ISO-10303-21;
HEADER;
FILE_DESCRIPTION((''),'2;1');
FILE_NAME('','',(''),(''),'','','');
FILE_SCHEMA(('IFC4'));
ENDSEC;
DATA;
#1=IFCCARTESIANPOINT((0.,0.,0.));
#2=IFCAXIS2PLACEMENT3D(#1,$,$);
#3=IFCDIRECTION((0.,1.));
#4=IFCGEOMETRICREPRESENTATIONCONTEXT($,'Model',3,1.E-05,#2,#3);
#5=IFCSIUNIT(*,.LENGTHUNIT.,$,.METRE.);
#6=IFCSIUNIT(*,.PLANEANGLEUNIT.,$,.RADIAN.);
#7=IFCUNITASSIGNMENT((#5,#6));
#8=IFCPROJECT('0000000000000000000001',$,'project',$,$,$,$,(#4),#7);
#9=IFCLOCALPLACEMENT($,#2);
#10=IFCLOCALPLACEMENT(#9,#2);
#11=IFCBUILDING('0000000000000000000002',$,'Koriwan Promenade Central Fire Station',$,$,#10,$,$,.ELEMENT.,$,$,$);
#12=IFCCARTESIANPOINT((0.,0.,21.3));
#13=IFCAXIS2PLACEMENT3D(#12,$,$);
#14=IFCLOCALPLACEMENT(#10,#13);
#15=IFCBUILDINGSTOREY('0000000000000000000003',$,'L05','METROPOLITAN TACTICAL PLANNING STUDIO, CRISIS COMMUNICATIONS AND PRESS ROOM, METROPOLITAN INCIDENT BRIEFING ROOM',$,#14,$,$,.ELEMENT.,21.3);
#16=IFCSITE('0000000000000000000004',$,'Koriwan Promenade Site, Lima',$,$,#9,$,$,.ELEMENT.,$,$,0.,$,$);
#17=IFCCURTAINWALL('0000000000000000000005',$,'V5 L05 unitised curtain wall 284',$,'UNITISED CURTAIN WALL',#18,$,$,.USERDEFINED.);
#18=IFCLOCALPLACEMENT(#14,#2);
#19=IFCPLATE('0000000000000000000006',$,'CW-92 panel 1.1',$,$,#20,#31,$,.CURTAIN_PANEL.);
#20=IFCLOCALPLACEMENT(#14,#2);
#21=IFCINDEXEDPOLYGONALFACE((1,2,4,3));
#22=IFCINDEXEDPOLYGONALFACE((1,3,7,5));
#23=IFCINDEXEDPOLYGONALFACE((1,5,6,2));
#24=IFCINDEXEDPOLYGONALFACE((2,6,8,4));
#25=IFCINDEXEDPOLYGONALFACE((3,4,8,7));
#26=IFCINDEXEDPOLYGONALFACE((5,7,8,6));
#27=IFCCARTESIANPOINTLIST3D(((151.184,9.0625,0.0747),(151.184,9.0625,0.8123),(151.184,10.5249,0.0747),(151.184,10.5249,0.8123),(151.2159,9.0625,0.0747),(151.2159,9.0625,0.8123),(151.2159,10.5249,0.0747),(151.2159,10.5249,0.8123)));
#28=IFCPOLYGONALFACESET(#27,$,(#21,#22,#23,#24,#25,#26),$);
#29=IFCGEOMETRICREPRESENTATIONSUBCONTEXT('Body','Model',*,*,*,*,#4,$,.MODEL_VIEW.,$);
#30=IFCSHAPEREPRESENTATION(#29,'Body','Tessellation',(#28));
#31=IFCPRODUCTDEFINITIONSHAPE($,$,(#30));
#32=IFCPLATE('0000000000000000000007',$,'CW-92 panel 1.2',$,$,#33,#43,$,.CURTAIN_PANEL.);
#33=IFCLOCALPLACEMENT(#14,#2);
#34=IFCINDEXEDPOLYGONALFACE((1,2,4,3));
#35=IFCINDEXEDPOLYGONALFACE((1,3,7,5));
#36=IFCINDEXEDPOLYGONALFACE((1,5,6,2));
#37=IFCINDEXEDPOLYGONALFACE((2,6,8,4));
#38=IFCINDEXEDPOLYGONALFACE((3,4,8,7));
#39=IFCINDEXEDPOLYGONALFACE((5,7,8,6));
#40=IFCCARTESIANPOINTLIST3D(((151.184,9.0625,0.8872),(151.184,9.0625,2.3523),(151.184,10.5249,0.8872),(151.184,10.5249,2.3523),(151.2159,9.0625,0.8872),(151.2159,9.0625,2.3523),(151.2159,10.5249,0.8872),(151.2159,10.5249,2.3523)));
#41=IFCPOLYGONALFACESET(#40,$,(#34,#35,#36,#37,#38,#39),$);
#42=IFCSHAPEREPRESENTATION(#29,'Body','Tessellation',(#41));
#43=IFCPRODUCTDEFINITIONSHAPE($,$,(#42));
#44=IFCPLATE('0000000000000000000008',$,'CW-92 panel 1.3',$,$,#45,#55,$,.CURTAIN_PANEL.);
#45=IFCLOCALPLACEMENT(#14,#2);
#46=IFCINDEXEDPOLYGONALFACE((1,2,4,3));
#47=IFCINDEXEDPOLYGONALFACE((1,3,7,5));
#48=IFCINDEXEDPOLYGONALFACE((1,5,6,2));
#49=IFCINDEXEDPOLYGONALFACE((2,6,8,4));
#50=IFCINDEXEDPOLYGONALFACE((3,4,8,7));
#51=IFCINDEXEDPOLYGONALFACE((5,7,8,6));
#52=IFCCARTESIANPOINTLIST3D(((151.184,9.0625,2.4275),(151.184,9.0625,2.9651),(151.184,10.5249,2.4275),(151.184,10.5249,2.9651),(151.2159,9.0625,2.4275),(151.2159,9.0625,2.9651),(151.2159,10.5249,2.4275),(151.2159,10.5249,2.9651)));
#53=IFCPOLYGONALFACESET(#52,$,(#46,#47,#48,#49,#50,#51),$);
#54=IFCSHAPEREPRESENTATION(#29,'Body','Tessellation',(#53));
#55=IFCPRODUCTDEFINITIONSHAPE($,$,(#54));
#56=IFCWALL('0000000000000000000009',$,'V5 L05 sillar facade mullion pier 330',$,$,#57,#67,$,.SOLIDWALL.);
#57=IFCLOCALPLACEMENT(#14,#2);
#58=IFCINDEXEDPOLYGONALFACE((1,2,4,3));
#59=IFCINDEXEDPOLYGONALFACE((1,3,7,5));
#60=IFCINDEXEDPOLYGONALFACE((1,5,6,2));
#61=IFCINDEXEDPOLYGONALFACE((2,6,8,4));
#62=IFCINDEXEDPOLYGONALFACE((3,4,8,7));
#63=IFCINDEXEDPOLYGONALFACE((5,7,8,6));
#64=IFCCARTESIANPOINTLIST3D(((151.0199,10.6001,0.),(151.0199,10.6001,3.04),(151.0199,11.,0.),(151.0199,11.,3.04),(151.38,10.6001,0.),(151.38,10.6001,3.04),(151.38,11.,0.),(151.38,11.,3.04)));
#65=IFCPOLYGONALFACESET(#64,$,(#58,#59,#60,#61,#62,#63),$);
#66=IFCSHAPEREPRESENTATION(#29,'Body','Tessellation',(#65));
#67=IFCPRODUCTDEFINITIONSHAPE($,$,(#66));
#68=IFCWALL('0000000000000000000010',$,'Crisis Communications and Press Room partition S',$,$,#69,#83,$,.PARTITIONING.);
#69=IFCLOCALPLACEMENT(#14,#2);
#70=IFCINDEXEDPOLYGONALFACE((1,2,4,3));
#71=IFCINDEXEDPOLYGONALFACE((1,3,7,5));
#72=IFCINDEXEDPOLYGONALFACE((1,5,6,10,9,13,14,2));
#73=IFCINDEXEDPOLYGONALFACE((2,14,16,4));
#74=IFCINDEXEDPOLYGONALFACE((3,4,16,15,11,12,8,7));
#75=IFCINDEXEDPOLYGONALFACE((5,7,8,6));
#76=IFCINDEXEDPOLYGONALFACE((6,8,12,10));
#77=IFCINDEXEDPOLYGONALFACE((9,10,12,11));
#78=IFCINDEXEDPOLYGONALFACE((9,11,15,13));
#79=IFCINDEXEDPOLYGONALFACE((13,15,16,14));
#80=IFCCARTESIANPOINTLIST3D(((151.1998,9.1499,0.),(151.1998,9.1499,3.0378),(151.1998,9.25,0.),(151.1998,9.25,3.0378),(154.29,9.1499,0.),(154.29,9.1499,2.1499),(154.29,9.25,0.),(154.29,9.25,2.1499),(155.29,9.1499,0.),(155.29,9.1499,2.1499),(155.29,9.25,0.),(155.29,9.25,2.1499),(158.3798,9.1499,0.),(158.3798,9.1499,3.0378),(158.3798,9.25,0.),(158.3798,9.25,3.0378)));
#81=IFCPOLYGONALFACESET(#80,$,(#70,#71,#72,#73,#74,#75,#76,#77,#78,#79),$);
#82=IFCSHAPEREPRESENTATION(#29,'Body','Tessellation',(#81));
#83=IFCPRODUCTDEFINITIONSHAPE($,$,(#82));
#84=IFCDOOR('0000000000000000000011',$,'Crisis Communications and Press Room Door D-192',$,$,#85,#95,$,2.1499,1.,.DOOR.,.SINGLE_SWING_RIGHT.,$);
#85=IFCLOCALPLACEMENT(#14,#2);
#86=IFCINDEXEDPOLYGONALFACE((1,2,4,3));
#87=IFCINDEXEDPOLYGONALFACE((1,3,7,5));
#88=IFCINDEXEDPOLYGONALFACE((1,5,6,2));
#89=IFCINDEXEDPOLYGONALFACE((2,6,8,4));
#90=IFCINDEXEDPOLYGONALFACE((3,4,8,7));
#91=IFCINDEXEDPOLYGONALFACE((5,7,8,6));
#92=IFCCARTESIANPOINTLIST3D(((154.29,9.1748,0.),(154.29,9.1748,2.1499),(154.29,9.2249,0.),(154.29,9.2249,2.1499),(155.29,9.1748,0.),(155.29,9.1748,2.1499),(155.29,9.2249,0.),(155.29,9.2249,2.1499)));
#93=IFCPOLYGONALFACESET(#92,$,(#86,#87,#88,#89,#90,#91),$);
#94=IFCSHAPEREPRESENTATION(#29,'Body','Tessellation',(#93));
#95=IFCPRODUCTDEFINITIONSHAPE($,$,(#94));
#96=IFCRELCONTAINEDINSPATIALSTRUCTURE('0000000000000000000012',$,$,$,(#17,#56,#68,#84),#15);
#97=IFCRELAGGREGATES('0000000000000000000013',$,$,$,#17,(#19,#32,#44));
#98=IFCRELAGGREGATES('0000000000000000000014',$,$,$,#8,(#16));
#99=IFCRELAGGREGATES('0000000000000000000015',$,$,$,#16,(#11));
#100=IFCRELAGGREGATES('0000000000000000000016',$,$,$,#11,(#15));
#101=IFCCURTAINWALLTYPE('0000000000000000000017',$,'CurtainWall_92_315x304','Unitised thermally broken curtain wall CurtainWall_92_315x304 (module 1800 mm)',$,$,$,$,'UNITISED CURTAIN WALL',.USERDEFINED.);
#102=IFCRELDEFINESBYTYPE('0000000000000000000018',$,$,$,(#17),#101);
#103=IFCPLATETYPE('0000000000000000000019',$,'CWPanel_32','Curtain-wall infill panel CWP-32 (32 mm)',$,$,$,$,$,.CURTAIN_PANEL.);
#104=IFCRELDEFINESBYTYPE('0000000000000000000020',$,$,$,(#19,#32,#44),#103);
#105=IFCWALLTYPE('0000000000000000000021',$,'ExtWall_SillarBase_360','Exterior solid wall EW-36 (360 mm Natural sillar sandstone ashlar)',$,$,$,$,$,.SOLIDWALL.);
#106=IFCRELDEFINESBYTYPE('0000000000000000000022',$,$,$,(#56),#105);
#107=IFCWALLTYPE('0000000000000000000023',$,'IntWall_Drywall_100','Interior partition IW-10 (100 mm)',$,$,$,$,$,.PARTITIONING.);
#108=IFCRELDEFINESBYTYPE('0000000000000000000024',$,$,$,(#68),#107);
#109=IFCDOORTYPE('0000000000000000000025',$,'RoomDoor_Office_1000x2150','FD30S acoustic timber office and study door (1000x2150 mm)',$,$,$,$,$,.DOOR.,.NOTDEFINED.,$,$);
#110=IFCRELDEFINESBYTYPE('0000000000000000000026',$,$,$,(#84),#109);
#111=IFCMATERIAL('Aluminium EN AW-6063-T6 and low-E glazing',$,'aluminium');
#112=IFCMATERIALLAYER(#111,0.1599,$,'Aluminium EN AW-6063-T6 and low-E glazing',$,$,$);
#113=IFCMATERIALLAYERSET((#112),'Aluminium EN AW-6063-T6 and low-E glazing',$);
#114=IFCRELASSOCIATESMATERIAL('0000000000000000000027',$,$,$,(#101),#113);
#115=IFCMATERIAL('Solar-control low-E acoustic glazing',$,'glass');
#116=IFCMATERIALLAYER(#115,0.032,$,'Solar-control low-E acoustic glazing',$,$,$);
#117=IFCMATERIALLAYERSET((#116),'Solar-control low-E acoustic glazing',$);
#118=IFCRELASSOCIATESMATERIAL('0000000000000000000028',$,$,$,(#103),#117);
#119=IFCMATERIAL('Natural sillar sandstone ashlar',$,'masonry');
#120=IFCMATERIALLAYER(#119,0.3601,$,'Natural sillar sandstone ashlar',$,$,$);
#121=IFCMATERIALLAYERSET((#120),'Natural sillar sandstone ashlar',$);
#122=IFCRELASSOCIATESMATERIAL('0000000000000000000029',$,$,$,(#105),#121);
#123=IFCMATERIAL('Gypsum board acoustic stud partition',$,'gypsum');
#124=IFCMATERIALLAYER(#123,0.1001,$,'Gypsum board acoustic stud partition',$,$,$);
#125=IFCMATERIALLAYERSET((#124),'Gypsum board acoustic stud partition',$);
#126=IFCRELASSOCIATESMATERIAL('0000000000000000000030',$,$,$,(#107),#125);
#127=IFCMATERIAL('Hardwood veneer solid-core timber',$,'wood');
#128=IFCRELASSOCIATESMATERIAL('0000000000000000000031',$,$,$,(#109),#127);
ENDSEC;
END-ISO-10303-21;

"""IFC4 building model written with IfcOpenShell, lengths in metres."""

from ifc_helpers import new_model, si_unit, direction, frame, frame_2d, origin, origin_2d, place, context, subcontext, project, spatial, rectangle, extrude, material, layer, layer_set, type_object, element, fill, aggregate, save


model = new_model("IFC4")

# Units and contexts
model_context = context("Model", 3, precision=1e-05, world=origin(), true_north=direction((0.0, 1.0)))
body_context = subcontext(model_context, "Body", "Model", "MODEL_VIEW")
ifc_project = project(units=[si_unit("LENGTHUNIT", "METRE"), si_unit("PLANEANGLEUNIT", "RADIAN")], contexts=[model_context])

# Site, building, storey
site_placement = place(None, origin())
site = spatial("IfcSite", under=ifc_project, at=site_placement, Name="Koriwan Promenade Site, Lima", CompositionType="ELEMENT", RefElevation=0.0)
building_placement = place(site_placement, origin())
building = spatial("IfcBuilding", under=site, at=building_placement, Name="Koriwan Promenade Central Fire Station", CompositionType="ELEMENT")
storey_placement = place(building_placement, frame((0.0, 0.0, 21.3)))
storey = spatial("IfcBuildingStorey", under=building, at=storey_placement, Name="L05", Description="METROPOLITAN TACTICAL PLANNING STUDIO, CRISIS COMMUNICATIONS AND PRESS ROOM, METROPOLITAN INCIDENT BRIEFING ROOM", CompositionType="ELEMENT", Elevation=21.3)

# Shared definitions
ifc_material_1 = material(Name="Aluminium EN AW-6063-T6 and low-E glazing", Category="aluminium")

# Curtain wall
ifc_layer_1 = layer(ifc_material_1, 0.1599, Name="Aluminium EN AW-6063-T6 and low-E glazing")
ifc_layer_set_1 = layer_set([ifc_layer_1], Name="Aluminium EN AW-6063-T6 and low-E glazing")
curtain_wall_type_1 = type_object("IfcCurtainWallType", Name="CurtainWall_92_315x304", Description="Unitised thermally broken curtain wall CurtainWall_92_315x304 (module 1800 mm)", ElementType="UNITISED CURTAIN WALL", PredefinedType="USERDEFINED", material=ifc_layer_set_1)
curtain_wall_1_placement = place(storey_placement, origin())
curtain_wall_1 = element("IfcCurtainWall", 1, at=curtain_wall_1_placement, inside=storey, type_object=curtain_wall_type_1, Name="V5 L05 unitised curtain wall 284", ObjectType="UNITISED CURTAIN WALL", PredefinedType="USERDEFINED")

# Plates
ifc_material_2 = material(Name="Solar-control low-E acoustic glazing", Category="glass")
ifc_layer_2 = layer(ifc_material_2, 0.032, Name="Solar-control low-E acoustic glazing")
ifc_layer_set_2 = layer_set([ifc_layer_2], Name="Solar-control low-E acoustic glazing")
plate_type = type_object("IfcPlateType", Name="CWPanel_32", Description="Curtain-wall infill panel CWP-32 (32 mm)", PredefinedType="CURTAIN_PANEL", material=ifc_layer_set_2)
plate_1_placement = place(storey_placement, frame((151.2, 9.7937, 0.0747), z_axis=(0.0, 0.0, 1.0), x_axis=(0.0, -1.0, 0.0)))
plate_1 = element("IfcPlate", 2, at=plate_1_placement, type_object=plate_type, Name="CW-92 panel 1.1", PredefinedType="CURTAIN_PANEL", context=body_context, shape_type="SweptSolid", body=[
    extrude(rectangle(XDim=1.4624, YDim=0.032, at=origin_2d()), origin(), (0.0, 0.0, 1.0), 0.7375),
])
plate_2_placement = place(storey_placement, frame((151.2, 9.7937, 0.8872), z_axis=(0.0, 0.0, 1.0), x_axis=(0.0, -1.0, 0.0)))
plate_2 = element("IfcPlate", 3, at=plate_2_placement, type_object=plate_type, Name="CW-92 panel 1.2", PredefinedType="CURTAIN_PANEL", context=body_context, shape_type="SweptSolid", body=[
    extrude(rectangle(XDim=1.4624, YDim=0.032, at=origin_2d()), origin(), (0.0, 0.0, 1.0), 1.4651),
])
plate_3_placement = place(storey_placement, frame((151.2, 9.7937, 2.4275), z_axis=(0.0, 0.0, 1.0), x_axis=(0.0, -1.0, 0.0)))
plate_3 = element("IfcPlate", 4, at=plate_3_placement, type_object=plate_type, Name="CW-92 panel 1.3", PredefinedType="CURTAIN_PANEL", context=body_context, shape_type="SweptSolid", body=[
    extrude(rectangle(XDim=1.4624, YDim=0.032, at=origin_2d()), origin(), (0.0, 0.0, 1.0), 0.5376),
])
aggregate(curtain_wall_1, [plate_1, plate_2, plate_3])

# Wall
ifc_material_3 = material(Name="Natural sillar sandstone ashlar", Category="masonry")
ifc_layer_3 = layer(ifc_material_3, 0.3601, Name="Natural sillar sandstone ashlar")
ifc_layer_set_3 = layer_set([ifc_layer_3], Name="Natural sillar sandstone ashlar")
wall_type_1 = type_object("IfcWallType", Name="ExtWall_SillarBase_360", Description="Exterior solid wall EW-36 (360 mm Natural sillar sandstone ashlar)", PredefinedType="SOLIDWALL", material=ifc_layer_set_3)
wall_1_placement = place(storey_placement, frame((151.2, 11.0, 0.0), z_axis=(0.0, 0.0, 1.0), x_axis=(0.0, -1.0, 0.0)))
element("IfcWall", 5, at=wall_1_placement, inside=storey, type_object=wall_type_1, Name="V5 L05 sillar facade mullion pier 330", PredefinedType="SOLIDWALL", context=body_context, shape_type="SweptSolid", body=[
    extrude(rectangle(XDim=0.3999, YDim=0.3601, at=frame_2d((0.2, 0.0))), origin(), (0.0, 0.0, 1.0), 3.04),
])

# Wall, opening, door
ifc_material_4 = material(Name="Gypsum board acoustic stud partition", Category="gypsum")
ifc_layer_4 = layer(ifc_material_4, 0.1001, Name="Gypsum board acoustic stud partition")
ifc_layer_set_4 = layer_set([ifc_layer_4], Name="Gypsum board acoustic stud partition")
wall_type_2 = type_object("IfcWallType", Name="IntWall_Drywall_100", Description="Interior partition IW-10 (100 mm)", PredefinedType="PARTITIONING", material=ifc_layer_set_4)
wall_2_placement = place(storey_placement, frame((151.2, 9.2, 0.0), z_axis=(0.0, 0.0, 1.0), x_axis=(1.0, 0.0, 0.0)))
wall_2 = element("IfcWall", 6, at=wall_2_placement, inside=storey, type_object=wall_type_2, Name="Crisis Communications and Press Room partition S", PredefinedType="PARTITIONING", context=body_context, shape_type="SweptSolid", body=[
    extrude(rectangle(XDim=7.1799, YDim=0.1001, at=frame_2d((3.5898, 0.0))), origin(), (0.0, 0.0, 1.0), 3.0378),
])
opening_placement = place(wall_2_placement, frame((3.0901, 0.0, 0.0)))
opening = element("IfcOpeningElement", 7, at=opening_placement, cuts=wall_2, PredefinedType="OPENING", context=body_context, shape_type="SweptSolid", body=[
    extrude(rectangle(XDim=1.0, YDim=2.1499, at=frame_2d((0.5, 1.075))), frame((0.0, 0.062, 0.0), z_axis=(0.0, -1.0, 0.0), x_axis=(1.0, 0.0, 0.0)), (0.0, 0.0, 1.0), 0.124),
])
ifc_material_5 = material(Name="Hardwood veneer solid-core timber", Category="wood")
door_type = type_object("IfcDoorType", Name="RoomDoor_Office_1000x2150", Description="FD30S acoustic timber office and study door (1000x2150 mm)", OperationType="NOTDEFINED", PredefinedType="DOOR", material=ifc_material_5)
door_placement = place(opening_placement, origin())
door = element("IfcDoor", 8, at=door_placement, inside=storey, type_object=door_type, Name="Crisis Communications and Press Room Door D-192", OperationType="SINGLE_SWING_RIGHT", OverallHeight=2.1499, OverallWidth=1.0, PredefinedType="DOOR", context=body_context, shape_type="SweptSolid", body=[
    extrude(rectangle(XDim=1.0, YDim=2.1499, at=frame_2d((0.5, 1.075))), frame((0.0, 0.0249, 0.0), z_axis=(0.0, -1.0, 0.0), x_axis=(1.0, 0.0, 0.0)), (0.0, 0.0, 1.0), 0.05),
])
fill(opening, door)

save(model, "model.ifc")
